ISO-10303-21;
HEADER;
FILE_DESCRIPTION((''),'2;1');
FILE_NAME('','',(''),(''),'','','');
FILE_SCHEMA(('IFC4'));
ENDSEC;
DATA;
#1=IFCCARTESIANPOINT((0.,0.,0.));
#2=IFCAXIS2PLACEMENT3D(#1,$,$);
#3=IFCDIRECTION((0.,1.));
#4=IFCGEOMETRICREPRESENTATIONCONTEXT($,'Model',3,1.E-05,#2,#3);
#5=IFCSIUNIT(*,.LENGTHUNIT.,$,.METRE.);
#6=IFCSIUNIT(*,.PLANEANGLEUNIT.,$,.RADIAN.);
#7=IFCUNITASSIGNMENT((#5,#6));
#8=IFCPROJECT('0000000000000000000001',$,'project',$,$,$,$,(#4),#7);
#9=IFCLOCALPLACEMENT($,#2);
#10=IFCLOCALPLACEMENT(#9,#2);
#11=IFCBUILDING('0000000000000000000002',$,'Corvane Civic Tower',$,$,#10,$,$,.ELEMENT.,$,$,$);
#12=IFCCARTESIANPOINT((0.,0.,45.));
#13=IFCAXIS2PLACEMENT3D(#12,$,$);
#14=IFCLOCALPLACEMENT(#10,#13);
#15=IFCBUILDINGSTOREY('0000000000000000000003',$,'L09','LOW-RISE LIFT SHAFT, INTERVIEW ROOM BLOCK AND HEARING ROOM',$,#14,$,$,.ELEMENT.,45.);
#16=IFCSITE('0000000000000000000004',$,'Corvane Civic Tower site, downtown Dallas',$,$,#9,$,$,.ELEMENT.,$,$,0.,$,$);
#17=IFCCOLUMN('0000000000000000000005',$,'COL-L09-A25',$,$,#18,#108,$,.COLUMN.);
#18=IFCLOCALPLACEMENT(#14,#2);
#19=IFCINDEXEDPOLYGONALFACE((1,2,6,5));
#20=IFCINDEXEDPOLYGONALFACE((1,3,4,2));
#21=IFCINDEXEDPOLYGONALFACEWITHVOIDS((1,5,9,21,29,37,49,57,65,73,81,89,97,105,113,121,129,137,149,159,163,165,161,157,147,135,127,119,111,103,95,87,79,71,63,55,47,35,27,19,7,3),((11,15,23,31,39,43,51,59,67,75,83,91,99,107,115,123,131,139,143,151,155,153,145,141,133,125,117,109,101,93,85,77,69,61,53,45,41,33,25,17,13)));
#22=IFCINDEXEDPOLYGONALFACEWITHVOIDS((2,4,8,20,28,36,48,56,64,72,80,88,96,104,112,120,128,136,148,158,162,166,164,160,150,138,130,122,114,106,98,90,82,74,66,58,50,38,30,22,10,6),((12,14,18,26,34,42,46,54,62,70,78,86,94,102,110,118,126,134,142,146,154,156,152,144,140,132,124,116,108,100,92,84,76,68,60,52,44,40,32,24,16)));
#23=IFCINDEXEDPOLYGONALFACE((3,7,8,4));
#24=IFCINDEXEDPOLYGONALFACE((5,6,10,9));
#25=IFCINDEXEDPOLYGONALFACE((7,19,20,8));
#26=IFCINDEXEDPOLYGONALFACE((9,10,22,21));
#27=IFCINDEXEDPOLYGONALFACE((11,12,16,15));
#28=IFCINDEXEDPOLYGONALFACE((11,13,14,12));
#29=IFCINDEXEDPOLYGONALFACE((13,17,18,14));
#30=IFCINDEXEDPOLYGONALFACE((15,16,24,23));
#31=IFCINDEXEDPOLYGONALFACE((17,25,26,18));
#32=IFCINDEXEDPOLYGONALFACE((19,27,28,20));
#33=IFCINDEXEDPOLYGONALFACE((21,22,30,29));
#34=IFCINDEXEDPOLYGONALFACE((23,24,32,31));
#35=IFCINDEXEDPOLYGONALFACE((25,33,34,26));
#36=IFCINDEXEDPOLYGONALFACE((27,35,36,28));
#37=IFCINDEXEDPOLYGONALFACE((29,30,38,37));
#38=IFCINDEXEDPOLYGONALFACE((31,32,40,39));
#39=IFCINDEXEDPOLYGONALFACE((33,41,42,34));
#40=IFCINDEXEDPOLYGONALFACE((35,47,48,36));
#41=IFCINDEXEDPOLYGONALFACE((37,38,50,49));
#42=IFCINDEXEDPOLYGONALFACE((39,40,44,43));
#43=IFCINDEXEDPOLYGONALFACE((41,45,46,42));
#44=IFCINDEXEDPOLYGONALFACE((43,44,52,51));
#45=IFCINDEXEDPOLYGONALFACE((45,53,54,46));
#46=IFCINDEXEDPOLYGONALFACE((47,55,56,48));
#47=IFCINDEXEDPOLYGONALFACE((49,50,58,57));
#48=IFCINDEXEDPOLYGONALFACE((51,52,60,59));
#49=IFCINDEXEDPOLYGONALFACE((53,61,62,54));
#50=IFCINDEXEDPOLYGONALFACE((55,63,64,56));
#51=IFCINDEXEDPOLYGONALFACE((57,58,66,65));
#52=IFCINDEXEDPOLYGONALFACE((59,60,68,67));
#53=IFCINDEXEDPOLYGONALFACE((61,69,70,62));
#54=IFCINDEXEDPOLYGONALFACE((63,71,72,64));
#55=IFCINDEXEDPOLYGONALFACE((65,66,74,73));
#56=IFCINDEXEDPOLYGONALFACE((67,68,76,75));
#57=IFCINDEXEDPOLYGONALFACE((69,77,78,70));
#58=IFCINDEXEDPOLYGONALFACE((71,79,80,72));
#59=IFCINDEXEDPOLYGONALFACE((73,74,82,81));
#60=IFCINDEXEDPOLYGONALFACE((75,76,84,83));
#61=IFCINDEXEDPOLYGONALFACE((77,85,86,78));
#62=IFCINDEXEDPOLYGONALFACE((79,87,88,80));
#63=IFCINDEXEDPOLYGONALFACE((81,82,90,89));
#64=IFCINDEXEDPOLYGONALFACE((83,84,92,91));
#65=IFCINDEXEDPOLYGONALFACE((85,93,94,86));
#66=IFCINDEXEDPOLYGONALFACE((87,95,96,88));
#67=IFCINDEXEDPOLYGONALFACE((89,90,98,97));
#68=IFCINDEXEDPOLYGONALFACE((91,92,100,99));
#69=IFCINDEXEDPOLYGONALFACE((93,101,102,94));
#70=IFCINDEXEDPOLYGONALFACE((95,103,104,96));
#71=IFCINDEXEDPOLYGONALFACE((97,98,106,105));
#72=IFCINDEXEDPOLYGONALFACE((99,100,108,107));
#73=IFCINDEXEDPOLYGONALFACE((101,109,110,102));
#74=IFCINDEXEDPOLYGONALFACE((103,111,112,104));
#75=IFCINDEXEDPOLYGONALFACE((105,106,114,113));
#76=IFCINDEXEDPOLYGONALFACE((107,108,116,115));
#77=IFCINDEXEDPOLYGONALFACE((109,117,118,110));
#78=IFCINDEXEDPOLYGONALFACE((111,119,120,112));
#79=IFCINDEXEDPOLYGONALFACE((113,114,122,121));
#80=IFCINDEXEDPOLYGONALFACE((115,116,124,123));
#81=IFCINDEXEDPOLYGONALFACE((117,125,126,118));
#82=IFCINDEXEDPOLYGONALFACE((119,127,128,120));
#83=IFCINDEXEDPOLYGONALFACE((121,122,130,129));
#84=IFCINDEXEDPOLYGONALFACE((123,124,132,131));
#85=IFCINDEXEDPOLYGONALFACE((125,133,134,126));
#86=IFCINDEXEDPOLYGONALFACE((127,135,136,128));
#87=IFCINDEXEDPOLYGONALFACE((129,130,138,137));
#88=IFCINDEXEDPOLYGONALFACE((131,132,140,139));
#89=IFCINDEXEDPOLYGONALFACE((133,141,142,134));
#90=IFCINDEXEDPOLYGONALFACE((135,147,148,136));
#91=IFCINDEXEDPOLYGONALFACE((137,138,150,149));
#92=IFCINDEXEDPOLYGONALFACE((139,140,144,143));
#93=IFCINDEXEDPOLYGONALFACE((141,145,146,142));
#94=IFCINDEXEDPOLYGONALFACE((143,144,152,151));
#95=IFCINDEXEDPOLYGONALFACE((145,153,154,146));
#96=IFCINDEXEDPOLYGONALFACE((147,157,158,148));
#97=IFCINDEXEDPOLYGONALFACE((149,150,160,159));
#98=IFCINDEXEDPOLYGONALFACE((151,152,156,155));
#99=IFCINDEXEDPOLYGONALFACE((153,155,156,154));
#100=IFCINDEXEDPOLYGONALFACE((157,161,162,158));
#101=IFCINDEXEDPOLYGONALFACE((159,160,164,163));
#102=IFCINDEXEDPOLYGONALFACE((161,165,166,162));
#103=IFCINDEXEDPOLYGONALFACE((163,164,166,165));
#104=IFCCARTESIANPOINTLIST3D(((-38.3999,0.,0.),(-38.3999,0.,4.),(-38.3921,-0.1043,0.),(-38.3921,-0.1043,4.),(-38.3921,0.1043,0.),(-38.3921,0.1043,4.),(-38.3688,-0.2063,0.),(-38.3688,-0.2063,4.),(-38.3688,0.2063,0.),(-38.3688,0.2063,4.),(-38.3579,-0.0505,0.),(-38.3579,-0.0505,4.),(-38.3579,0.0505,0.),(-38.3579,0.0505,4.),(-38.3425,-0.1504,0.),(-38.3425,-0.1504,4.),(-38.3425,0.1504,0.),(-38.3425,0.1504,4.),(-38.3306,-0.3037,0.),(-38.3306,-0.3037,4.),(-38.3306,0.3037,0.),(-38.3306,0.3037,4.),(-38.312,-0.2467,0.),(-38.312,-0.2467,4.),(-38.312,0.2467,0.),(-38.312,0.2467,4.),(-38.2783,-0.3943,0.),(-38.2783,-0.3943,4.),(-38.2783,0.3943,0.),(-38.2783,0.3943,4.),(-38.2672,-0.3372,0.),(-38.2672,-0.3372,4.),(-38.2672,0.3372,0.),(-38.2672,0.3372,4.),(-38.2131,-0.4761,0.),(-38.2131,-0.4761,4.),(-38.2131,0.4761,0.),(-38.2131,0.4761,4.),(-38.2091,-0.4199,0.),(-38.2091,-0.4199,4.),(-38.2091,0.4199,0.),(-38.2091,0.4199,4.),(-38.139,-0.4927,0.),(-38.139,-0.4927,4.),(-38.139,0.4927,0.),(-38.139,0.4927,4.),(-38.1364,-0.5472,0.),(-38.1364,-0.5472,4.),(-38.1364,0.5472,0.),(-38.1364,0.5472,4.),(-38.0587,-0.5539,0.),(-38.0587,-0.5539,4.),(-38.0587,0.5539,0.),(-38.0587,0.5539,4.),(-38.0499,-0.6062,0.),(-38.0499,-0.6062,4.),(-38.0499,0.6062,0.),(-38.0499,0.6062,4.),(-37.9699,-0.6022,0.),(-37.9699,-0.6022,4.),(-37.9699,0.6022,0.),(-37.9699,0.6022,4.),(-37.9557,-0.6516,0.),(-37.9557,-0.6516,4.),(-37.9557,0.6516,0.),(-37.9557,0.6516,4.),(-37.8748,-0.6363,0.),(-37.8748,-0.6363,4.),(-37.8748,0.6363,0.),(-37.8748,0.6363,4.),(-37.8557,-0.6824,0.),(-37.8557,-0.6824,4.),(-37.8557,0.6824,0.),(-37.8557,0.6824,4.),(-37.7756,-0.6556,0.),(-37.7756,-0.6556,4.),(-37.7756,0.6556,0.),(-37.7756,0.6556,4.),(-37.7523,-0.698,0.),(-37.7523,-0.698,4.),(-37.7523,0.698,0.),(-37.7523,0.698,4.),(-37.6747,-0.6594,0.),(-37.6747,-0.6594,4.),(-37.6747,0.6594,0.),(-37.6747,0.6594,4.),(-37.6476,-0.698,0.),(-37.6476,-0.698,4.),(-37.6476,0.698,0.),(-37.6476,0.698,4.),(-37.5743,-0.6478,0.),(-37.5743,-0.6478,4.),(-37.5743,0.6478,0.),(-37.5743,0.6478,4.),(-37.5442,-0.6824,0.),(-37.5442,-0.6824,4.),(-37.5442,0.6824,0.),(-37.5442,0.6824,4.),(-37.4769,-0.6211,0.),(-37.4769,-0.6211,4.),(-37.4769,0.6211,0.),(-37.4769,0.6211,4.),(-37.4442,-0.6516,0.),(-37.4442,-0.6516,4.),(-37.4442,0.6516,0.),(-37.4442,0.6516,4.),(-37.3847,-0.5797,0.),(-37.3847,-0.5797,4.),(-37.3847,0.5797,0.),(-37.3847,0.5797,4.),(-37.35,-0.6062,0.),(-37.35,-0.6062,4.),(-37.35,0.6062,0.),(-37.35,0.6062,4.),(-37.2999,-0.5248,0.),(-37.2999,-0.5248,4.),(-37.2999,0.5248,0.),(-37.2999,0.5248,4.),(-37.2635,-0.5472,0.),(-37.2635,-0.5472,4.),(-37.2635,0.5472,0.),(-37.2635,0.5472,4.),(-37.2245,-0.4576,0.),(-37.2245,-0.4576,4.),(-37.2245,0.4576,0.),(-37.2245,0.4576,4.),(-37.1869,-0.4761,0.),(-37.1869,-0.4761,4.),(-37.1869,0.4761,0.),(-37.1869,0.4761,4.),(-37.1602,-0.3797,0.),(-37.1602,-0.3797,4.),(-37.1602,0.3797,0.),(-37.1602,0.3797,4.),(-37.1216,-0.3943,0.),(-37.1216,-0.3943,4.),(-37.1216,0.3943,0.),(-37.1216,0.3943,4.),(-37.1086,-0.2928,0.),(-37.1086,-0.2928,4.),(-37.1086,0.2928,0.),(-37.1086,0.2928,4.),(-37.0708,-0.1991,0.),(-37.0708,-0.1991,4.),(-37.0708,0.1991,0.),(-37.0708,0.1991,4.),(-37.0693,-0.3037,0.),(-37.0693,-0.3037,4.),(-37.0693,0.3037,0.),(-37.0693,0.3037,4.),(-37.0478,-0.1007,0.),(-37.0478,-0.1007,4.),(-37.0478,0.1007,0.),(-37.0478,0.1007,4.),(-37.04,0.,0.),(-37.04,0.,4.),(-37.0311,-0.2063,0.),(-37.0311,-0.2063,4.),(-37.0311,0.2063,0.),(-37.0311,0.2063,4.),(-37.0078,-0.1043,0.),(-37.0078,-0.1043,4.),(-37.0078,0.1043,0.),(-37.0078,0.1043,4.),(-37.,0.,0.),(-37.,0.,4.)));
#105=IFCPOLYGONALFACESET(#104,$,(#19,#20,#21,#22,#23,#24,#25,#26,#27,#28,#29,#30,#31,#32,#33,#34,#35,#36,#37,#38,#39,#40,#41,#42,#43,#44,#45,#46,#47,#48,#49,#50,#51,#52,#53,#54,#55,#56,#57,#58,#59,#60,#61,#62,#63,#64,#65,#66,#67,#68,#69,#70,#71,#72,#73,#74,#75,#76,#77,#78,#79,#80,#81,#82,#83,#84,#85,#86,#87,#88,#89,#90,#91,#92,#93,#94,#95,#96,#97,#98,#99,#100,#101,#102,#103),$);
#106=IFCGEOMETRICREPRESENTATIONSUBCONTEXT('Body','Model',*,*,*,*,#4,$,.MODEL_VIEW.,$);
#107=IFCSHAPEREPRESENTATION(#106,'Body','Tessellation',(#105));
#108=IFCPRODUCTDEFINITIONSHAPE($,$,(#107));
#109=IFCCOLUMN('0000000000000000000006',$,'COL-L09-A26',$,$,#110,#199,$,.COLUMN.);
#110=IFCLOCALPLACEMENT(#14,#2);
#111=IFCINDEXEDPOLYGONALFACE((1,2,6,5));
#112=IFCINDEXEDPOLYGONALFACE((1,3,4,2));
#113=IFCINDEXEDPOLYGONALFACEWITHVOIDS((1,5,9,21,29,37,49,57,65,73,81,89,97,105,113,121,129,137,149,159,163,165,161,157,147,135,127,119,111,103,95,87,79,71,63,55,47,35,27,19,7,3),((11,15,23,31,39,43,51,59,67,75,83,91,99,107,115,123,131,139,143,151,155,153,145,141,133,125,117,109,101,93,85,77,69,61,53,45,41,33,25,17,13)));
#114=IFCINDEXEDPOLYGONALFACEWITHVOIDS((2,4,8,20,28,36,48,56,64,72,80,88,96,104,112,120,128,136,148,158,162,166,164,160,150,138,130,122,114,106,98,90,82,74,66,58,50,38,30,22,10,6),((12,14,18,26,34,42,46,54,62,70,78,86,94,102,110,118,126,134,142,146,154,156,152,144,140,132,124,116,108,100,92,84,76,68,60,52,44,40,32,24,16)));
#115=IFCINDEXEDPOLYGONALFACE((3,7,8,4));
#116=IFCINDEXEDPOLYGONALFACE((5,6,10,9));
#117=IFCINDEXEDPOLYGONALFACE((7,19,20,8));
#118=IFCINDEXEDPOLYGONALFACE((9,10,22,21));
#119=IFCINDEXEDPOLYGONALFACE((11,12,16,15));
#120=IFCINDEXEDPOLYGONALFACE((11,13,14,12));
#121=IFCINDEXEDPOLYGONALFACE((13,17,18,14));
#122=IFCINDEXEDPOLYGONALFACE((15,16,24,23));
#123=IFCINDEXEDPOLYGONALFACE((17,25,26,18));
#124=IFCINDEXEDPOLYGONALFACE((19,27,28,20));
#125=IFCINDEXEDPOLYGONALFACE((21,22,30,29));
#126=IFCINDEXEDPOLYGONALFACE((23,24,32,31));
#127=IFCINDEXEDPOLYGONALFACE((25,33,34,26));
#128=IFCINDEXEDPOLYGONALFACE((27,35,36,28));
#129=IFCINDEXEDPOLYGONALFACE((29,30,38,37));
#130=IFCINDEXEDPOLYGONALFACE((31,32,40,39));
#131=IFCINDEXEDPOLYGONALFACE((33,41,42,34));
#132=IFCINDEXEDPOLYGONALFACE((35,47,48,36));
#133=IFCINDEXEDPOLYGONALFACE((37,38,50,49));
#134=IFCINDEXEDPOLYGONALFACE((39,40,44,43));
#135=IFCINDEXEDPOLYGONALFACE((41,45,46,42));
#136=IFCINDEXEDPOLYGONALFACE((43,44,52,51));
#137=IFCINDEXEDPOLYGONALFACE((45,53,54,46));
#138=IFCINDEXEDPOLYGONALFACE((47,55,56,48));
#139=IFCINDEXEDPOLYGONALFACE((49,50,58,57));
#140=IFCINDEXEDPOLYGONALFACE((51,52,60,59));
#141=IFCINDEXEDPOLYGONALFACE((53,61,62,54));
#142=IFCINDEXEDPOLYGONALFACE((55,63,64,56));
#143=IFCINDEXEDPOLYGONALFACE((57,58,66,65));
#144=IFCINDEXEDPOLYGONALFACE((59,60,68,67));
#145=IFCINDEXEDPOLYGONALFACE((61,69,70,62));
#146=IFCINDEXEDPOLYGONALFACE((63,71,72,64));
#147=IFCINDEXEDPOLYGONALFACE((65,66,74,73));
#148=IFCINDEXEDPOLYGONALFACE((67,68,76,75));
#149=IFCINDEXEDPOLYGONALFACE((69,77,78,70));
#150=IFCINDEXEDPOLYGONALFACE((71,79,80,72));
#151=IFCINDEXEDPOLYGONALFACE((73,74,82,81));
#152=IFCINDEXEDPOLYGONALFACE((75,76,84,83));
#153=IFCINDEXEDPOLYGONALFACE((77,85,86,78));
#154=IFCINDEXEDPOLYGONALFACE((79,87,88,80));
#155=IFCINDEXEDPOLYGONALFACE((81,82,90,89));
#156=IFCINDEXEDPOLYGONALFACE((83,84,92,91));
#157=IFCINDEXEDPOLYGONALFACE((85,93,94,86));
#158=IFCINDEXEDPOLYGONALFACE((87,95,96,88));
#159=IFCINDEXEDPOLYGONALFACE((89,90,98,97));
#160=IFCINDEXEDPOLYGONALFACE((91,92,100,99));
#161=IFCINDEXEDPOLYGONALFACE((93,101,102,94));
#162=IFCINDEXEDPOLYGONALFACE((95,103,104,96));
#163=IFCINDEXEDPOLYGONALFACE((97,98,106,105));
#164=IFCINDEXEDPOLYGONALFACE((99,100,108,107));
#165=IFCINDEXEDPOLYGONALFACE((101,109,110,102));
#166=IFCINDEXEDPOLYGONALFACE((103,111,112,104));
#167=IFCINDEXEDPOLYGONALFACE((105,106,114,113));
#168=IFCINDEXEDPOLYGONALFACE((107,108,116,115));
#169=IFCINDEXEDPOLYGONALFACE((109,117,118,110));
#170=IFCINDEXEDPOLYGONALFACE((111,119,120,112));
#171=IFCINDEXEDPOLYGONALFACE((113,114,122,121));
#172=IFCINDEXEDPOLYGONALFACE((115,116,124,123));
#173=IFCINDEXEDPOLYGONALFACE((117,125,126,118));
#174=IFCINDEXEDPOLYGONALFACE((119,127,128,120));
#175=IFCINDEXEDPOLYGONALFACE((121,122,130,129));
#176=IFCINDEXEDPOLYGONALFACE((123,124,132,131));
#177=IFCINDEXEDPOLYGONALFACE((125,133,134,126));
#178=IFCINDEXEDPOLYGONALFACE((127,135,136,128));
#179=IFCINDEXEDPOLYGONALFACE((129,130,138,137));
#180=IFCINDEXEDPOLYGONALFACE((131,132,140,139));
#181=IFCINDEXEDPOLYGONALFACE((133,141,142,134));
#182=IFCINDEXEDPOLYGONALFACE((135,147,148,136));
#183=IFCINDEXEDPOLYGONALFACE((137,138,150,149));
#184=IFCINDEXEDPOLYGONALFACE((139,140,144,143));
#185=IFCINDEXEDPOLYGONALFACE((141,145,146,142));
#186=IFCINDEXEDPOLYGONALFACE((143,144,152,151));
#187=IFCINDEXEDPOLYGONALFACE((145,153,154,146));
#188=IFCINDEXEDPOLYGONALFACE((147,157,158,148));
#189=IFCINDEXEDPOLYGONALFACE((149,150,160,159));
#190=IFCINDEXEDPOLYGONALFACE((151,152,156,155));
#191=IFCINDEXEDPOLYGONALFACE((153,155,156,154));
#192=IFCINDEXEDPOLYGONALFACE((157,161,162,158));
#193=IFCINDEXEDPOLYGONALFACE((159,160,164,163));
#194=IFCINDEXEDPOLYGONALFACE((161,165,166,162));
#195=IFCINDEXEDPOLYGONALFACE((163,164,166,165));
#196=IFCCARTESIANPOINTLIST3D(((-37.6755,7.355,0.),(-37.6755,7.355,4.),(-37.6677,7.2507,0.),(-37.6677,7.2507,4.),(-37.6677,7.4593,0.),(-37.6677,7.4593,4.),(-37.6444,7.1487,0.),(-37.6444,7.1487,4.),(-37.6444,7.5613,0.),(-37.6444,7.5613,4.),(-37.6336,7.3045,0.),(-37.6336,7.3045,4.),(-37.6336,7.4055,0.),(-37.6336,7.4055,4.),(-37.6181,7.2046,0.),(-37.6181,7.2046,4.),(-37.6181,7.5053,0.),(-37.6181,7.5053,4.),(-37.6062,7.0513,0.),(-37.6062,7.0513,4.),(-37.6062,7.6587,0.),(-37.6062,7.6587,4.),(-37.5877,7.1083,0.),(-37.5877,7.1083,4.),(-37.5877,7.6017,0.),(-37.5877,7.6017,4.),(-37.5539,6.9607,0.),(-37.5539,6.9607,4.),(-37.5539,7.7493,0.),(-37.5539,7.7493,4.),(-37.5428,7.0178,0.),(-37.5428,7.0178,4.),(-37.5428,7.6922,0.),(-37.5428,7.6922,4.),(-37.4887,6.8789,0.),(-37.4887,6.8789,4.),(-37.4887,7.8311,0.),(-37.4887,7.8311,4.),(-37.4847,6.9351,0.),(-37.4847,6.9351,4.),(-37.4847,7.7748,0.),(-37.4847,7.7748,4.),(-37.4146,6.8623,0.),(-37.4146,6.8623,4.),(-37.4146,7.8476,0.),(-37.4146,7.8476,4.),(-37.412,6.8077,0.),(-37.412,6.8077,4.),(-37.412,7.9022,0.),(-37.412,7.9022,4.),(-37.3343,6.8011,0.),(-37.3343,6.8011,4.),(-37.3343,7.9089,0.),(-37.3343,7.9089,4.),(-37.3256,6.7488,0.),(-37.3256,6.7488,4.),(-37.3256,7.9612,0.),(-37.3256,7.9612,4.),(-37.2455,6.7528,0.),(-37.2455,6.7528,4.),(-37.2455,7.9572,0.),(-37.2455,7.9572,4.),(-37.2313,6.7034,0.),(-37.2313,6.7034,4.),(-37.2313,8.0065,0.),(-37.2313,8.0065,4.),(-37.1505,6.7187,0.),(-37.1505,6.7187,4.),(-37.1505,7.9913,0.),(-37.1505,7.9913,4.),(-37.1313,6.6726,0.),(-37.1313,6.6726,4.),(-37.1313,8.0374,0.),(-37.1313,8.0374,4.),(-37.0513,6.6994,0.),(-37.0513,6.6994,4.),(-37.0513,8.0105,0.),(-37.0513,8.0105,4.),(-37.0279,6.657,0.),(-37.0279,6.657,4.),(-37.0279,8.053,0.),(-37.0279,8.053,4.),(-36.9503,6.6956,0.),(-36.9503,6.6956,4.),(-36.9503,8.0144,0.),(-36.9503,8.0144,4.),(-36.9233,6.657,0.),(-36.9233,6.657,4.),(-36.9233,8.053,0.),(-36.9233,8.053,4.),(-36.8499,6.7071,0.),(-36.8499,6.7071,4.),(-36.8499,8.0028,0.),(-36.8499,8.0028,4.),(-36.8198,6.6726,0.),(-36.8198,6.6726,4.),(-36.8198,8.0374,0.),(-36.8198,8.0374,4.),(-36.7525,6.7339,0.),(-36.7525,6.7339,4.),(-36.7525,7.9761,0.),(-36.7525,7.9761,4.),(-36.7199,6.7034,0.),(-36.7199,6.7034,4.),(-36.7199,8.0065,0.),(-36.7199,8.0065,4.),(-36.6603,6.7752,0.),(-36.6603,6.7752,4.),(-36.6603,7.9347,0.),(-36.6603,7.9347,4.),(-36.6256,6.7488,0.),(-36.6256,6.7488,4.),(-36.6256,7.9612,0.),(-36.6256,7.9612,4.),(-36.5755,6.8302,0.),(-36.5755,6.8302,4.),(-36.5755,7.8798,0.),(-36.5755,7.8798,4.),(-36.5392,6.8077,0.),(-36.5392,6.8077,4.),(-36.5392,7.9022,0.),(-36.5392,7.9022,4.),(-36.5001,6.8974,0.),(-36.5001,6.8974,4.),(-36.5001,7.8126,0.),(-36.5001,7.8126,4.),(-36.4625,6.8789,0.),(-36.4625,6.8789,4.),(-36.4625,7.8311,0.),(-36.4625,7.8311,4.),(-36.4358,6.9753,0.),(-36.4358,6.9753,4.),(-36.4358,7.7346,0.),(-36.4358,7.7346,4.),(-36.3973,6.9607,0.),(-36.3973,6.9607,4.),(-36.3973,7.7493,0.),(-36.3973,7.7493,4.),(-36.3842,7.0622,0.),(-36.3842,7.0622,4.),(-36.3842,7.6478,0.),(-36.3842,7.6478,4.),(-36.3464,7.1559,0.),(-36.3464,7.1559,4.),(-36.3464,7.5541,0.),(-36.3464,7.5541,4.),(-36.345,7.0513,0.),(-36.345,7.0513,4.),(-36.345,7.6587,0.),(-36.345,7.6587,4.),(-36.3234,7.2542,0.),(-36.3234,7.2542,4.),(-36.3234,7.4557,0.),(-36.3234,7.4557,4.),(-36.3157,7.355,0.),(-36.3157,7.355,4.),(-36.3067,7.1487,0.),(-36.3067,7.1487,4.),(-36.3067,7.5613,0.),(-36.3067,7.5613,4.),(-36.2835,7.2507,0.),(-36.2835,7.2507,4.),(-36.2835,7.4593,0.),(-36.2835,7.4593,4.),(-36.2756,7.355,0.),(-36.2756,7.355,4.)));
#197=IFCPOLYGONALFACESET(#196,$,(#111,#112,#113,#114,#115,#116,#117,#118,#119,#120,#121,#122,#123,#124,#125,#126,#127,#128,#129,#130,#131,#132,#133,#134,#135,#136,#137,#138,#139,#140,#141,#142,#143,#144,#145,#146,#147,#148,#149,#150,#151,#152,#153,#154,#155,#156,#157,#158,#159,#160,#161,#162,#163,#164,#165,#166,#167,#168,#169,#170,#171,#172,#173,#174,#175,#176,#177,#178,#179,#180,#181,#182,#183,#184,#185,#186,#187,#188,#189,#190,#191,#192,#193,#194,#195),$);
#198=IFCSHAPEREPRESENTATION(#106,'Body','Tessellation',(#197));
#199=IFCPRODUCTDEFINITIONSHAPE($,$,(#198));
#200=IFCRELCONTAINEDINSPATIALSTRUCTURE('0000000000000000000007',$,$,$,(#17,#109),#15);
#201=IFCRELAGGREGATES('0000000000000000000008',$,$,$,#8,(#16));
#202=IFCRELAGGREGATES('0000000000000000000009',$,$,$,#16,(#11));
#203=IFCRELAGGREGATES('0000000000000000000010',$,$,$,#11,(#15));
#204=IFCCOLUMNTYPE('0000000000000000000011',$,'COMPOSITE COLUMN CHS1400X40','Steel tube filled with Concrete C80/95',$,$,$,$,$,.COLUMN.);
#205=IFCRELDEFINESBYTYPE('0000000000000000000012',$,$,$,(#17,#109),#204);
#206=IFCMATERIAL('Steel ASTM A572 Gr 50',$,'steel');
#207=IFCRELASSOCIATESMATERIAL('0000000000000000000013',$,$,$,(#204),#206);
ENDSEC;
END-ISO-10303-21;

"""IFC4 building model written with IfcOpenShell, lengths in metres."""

from ifc_helpers import new_model, si_unit, direction, frame, origin, origin_2d, place, context, subcontext, project, spatial, hollow_circle, extrude, material, material_profile, profile_set, type_object, element, save


model = new_model("IFC4")

# Units and contexts
model_context = context("Model", 3, precision=1e-05, world=origin(), true_north=direction((0.0, 1.0)))
body_context = subcontext(model_context, "Body", "Model", "MODEL_VIEW")
ifc_project = project(units=[si_unit("LENGTHUNIT", "METRE"), si_unit("PLANEANGLEUNIT", "RADIAN")], contexts=[model_context])

# Site, building, storey
site_placement = place(None, origin())
site = spatial("IfcSite", under=ifc_project, at=site_placement, Name="Corvane Civic Tower site, downtown Dallas", CompositionType="ELEMENT", RefElevation=0.0)
building_placement = place(site_placement, origin())
building = spatial("IfcBuilding", under=site, at=building_placement, Name="Corvane Civic Tower", CompositionType="ELEMENT")
storey_placement = place(building_placement, frame((0.0, 0.0, 45.0)))
storey = spatial("IfcBuildingStorey", under=building, at=storey_placement, Name="L09", Description="LOW-RISE LIFT SHAFT, INTERVIEW ROOM BLOCK AND HEARING ROOM", CompositionType="ELEMENT", Elevation=45.0)

# Columns
ifc_material_1 = material(Name="Steel ASTM A572 Gr 50", Category="steel")
ifc_material_profile_1 = material_profile(ifc_material_1, hollow_circle(Radius=0.7, WallThickness=0.04, at=origin_2d()), Name="CHS1400X40")
ifc_profile_set_1 = profile_set([ifc_material_profile_1], Name="Steel ASTM A572 Gr 50")
column_type = type_object("IfcColumnType", Name="COMPOSITE COLUMN CHS1400X40", Description="Steel tube filled with Concrete C80/95", PredefinedType="COLUMN", material=ifc_profile_set_1)
for number, where, z_axis, x_axis, name in (
    (1, (-37.7, 0.0, 0.0), (0.0, 0.0, 1.0), (1.0, 0.0, 0.0), "COL-L09-A25"),
    (2, (-36.9756, 7.355, 0.0), (0.0, 0.0, 1.0), (1.0, 0.0, 0.0), "COL-L09-A26"),
):
    element("IfcColumn", number, at=place(storey_placement, frame(where, z_axis=z_axis, x_axis=x_axis)), inside=storey, type_object=column_type, Name=name, PredefinedType="COLUMN", context=body_context, shape_type="SweptSolid", body=[
        extrude(hollow_circle(Radius=0.7, WallThickness=0.04, at=origin_2d()), origin(), (0.0, 0.0, 1.0), 4.0),
    ])

save(model, "model.ifc")
